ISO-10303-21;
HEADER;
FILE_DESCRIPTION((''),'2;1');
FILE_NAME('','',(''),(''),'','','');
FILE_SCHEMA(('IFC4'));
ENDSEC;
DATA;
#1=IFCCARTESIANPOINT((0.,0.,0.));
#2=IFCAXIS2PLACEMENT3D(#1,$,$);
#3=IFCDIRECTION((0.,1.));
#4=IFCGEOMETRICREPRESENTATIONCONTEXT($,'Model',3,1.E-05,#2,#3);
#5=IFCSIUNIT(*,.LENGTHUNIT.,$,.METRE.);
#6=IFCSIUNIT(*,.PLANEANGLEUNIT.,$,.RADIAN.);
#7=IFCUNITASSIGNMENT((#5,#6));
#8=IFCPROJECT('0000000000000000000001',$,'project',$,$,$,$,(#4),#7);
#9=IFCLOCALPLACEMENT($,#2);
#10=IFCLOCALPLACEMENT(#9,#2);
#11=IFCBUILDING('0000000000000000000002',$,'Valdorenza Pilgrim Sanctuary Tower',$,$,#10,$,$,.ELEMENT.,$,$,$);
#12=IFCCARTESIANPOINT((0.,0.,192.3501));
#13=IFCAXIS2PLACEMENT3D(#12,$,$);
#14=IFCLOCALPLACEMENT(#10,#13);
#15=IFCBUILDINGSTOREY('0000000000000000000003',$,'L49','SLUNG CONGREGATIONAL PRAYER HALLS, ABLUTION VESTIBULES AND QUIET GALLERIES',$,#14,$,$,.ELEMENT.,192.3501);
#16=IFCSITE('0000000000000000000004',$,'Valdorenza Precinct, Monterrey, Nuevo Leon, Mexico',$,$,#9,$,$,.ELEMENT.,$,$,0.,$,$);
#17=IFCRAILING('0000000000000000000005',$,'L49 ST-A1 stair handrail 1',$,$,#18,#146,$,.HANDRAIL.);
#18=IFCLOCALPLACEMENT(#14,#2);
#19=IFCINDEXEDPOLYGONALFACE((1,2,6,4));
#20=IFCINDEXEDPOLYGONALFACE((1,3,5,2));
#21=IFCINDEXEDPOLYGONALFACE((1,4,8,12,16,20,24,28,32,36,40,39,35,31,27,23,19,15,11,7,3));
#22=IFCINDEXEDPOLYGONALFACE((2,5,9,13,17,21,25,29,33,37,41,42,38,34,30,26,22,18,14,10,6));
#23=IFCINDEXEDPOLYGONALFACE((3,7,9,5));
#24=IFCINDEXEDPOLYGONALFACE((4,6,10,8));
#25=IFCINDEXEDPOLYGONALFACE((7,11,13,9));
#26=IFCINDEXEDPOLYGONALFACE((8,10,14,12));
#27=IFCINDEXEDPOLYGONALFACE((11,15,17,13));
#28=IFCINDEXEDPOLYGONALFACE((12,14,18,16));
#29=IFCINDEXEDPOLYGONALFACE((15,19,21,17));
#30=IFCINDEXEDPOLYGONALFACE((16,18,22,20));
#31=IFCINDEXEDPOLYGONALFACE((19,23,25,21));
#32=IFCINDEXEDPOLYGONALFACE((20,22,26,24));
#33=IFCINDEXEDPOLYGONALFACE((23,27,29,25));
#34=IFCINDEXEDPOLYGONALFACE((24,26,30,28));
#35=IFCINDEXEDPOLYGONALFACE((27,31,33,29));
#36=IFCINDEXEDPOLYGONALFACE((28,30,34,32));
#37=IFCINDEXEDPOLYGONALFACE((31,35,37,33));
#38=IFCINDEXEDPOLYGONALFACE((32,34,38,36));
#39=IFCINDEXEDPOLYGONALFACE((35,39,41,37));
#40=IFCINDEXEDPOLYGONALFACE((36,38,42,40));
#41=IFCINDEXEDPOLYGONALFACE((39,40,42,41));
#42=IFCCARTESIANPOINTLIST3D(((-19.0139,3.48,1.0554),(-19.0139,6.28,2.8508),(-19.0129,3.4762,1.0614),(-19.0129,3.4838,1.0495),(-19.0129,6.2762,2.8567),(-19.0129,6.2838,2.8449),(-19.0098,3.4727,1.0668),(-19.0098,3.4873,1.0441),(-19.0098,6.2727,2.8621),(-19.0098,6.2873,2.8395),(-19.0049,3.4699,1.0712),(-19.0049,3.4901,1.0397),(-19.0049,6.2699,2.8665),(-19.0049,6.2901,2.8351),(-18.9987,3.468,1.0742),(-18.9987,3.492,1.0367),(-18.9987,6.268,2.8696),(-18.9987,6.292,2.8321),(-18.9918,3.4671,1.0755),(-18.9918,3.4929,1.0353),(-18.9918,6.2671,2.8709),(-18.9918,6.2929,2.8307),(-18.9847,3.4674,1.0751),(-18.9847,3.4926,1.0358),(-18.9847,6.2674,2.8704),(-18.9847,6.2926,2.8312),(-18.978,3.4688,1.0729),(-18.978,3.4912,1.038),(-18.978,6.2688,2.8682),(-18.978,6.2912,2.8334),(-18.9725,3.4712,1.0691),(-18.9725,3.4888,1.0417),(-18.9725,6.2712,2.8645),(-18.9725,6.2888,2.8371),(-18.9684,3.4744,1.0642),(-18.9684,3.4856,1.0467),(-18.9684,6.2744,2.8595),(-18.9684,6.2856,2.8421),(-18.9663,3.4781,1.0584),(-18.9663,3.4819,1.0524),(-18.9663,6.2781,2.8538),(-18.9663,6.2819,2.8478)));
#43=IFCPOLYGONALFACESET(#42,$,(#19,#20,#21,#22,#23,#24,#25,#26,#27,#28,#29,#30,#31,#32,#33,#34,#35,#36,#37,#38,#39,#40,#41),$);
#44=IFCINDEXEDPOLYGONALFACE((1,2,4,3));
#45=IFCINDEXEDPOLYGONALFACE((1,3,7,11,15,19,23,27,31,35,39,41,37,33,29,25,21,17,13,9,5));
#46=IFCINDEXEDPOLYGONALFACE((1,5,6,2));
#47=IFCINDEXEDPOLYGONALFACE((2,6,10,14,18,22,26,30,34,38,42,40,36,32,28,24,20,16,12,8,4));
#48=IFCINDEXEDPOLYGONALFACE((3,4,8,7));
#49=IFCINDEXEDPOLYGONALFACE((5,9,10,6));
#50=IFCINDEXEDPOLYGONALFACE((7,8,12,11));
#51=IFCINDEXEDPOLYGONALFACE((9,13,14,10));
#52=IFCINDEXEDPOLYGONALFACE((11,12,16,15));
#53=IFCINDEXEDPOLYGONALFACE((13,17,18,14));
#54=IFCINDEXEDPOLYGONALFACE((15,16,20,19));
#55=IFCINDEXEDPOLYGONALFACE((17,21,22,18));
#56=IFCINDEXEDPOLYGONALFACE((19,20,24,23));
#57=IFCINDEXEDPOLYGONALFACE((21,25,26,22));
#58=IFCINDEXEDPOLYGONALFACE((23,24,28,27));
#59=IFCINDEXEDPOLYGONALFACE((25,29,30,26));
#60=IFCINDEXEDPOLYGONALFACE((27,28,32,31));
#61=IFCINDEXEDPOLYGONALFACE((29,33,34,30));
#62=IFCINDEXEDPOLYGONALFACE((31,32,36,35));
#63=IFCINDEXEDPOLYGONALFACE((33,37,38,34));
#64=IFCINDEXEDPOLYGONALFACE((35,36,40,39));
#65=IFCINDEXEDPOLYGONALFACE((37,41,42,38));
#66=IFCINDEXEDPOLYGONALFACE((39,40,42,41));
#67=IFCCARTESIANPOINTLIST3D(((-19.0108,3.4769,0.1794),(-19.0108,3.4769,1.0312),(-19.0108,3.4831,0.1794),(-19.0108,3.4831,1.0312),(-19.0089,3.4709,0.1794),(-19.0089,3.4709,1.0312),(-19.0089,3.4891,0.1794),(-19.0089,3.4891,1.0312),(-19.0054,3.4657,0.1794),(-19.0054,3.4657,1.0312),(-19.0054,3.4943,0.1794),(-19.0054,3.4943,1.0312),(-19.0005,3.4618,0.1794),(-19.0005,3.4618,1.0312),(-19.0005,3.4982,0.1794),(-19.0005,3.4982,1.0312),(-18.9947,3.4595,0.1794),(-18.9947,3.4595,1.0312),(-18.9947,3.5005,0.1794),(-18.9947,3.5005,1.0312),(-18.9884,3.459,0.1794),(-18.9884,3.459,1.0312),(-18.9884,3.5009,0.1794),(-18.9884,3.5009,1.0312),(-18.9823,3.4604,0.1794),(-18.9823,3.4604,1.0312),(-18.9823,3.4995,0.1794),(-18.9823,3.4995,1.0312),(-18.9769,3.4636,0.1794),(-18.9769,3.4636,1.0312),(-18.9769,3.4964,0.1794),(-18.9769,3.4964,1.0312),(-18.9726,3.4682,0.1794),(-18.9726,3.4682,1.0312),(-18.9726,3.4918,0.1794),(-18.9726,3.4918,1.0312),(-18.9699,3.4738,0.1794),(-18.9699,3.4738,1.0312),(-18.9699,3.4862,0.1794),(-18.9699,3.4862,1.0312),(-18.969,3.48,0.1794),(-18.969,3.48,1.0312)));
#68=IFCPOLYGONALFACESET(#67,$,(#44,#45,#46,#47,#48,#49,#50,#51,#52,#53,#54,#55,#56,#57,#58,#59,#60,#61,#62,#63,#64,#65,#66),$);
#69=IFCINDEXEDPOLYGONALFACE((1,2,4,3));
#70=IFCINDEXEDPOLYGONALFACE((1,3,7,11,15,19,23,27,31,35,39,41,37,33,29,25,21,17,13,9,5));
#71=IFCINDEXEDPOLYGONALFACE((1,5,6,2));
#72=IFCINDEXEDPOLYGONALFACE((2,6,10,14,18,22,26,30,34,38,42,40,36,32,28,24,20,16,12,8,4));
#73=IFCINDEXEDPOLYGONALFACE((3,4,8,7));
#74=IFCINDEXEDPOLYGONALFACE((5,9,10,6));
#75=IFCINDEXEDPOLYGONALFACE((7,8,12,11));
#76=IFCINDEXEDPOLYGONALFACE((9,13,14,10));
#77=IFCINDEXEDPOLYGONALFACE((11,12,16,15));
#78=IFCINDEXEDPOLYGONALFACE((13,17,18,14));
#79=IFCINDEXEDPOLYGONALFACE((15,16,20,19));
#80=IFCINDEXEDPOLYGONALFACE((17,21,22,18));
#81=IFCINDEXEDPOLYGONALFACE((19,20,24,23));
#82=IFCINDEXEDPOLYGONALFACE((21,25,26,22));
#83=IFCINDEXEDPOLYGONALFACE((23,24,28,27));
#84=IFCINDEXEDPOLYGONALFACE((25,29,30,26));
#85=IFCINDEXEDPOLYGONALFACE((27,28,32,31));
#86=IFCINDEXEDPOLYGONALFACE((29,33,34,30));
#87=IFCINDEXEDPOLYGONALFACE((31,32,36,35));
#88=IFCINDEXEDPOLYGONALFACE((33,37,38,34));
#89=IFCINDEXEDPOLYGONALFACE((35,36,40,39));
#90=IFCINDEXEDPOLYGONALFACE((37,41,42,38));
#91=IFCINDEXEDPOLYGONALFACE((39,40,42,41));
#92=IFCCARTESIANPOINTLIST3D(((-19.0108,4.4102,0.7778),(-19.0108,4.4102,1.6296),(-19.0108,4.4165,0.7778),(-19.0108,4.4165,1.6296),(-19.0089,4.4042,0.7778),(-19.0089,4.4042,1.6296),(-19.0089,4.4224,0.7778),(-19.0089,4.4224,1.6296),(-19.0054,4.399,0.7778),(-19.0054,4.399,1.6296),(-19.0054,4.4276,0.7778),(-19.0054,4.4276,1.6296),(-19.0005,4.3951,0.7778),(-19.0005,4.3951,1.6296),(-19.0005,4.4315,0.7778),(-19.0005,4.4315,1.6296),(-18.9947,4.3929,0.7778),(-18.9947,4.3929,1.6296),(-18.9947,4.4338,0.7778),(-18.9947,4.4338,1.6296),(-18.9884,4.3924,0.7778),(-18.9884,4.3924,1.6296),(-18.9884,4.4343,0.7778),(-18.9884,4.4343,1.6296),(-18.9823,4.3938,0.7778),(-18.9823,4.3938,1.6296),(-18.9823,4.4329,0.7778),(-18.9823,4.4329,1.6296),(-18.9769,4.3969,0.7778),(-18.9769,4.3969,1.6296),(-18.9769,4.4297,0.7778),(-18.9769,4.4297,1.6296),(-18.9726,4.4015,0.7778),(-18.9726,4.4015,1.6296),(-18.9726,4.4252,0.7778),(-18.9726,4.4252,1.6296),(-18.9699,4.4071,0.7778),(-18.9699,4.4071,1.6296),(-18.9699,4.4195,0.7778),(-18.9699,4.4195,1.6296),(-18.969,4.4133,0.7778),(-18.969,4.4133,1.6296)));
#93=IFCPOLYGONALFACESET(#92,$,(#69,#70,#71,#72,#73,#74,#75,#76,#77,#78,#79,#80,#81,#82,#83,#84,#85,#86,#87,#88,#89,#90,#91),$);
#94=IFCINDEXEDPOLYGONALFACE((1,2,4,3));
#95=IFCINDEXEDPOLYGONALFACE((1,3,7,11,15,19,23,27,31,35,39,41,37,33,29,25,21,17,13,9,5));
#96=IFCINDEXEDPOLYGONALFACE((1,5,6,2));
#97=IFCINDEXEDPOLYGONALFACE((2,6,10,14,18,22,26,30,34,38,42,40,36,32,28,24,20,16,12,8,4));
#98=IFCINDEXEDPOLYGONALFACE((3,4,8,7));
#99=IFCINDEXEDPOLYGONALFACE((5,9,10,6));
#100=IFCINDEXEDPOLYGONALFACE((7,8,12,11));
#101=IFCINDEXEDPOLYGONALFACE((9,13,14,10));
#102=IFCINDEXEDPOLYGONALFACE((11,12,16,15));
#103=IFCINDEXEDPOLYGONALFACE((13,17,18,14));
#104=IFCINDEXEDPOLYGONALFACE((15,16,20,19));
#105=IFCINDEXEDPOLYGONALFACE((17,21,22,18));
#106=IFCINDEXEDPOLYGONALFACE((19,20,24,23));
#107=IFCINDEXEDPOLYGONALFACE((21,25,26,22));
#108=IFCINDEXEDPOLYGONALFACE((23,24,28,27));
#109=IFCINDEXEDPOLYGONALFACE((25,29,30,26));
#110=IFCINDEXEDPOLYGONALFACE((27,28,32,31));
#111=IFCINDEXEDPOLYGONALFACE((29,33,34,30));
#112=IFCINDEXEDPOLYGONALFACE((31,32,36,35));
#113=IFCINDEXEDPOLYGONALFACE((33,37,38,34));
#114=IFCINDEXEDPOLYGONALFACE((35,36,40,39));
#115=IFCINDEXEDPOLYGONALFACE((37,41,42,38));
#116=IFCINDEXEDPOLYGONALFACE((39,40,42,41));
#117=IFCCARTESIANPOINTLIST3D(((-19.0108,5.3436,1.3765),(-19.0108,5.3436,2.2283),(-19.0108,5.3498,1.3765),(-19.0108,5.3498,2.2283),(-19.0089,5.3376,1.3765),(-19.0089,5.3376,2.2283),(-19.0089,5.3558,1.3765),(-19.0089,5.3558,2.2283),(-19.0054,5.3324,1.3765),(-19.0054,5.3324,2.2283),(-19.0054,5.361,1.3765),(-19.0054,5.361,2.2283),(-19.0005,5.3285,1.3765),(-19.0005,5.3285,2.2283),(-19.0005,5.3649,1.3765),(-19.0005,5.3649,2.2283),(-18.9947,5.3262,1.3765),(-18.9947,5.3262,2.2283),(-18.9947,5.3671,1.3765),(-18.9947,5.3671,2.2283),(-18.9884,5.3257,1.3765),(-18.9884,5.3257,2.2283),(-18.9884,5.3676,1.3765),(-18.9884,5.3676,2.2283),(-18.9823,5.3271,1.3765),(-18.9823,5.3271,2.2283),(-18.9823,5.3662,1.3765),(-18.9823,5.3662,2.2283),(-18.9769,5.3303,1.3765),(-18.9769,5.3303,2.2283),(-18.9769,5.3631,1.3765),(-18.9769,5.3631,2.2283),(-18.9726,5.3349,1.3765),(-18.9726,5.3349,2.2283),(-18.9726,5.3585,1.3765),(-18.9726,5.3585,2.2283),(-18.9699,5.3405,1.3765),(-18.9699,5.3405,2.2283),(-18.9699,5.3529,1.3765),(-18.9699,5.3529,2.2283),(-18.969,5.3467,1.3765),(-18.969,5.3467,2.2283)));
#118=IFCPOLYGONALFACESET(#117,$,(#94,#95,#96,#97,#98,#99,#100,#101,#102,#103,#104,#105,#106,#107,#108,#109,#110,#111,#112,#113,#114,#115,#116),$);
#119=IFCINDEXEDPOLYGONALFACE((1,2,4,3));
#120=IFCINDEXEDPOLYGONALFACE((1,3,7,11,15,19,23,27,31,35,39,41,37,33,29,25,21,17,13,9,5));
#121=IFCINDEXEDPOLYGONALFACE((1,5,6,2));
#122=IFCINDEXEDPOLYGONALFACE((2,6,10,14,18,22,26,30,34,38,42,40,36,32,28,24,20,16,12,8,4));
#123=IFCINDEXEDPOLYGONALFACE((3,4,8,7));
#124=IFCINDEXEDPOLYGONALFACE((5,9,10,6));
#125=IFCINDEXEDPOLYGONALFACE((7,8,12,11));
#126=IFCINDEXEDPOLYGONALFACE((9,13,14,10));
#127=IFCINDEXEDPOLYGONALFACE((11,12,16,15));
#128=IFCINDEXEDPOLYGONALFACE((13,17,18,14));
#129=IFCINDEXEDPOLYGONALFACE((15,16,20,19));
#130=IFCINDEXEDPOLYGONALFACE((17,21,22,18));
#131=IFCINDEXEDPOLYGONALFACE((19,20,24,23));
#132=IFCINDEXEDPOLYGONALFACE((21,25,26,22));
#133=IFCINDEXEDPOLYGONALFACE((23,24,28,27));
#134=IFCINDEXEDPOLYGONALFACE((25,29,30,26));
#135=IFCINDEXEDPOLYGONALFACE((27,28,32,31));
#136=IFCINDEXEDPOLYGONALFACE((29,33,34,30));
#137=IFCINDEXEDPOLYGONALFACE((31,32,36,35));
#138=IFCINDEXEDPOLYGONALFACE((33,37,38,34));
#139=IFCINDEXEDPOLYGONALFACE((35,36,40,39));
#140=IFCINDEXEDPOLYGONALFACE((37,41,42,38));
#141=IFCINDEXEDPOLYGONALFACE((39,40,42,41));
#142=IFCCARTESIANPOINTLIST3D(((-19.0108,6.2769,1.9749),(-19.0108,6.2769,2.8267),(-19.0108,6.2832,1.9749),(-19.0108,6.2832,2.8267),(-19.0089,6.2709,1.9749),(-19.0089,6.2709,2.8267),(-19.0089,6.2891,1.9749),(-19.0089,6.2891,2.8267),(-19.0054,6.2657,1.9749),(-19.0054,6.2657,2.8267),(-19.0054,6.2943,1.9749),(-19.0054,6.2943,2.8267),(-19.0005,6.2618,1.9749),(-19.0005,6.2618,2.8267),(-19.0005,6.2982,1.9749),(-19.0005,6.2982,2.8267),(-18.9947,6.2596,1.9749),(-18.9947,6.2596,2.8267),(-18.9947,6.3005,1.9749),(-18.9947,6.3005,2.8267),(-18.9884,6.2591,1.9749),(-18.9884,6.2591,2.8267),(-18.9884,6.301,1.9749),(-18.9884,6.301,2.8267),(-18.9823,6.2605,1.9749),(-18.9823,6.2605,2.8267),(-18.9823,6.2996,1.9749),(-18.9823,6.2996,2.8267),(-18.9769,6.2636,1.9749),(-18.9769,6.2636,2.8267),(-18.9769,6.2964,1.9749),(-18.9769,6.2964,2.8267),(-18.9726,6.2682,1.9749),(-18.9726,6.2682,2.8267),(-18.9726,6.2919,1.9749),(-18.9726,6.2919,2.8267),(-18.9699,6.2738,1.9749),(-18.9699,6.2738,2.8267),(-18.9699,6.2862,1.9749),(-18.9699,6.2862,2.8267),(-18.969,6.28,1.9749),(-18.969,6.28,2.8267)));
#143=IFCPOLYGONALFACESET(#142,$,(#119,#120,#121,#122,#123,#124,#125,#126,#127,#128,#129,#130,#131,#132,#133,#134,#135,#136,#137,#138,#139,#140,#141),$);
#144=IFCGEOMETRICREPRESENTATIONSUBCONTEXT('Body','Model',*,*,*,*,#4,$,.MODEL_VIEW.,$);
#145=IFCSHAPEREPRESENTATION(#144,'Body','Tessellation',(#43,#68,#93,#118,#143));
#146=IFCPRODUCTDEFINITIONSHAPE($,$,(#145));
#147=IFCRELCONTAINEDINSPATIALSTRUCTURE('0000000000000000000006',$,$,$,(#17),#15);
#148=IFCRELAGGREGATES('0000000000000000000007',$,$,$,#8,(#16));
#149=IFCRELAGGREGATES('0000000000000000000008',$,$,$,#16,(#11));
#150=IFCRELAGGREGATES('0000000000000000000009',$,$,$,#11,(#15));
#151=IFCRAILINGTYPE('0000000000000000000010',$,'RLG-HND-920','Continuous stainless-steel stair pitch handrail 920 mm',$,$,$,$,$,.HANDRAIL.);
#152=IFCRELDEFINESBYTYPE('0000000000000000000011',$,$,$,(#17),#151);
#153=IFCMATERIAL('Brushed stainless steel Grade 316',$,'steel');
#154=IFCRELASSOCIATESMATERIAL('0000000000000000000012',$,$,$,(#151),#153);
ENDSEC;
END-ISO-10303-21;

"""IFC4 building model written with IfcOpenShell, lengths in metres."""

from ifc_helpers import new_model, si_unit, direction, frame, origin, origin_2d, place, context, subcontext, project, spatial, circle, extrude, material, type_object, element, save


model = new_model("IFC4")

# Units and contexts
model_context = context("Model", 3, precision=1e-05, world=origin(), true_north=direction((0.0, 1.0)))
body_context = subcontext(model_context, "Body", "Model", "MODEL_VIEW")
ifc_project = project(units=[si_unit("LENGTHUNIT", "METRE"), si_unit("PLANEANGLEUNIT", "RADIAN")], contexts=[model_context])

# Site, building, storey
site_placement = place(None, origin())
site = spatial("IfcSite", under=ifc_project, at=site_placement, Name="Valdorenza Precinct, Monterrey, Nuevo Leon, Mexico", CompositionType="ELEMENT", RefElevation=0.0)
building_placement = place(site_placement, origin())
building = spatial("IfcBuilding", under=site, at=building_placement, Name="Valdorenza Pilgrim Sanctuary Tower", CompositionType="ELEMENT")
storey_placement = place(building_placement, frame((0.0, 0.0, 192.3501)))
storey = spatial("IfcBuildingStorey", under=building, at=storey_placement, Name="L49", Description="SLUNG CONGREGATIONAL PRAYER HALLS, ABLUTION VESTIBULES AND QUIET GALLERIES", CompositionType="ELEMENT", Elevation=192.3501)

# Railing
ifc_material_1 = material(Name="Brushed stainless steel Grade 316", Category="steel")
railing_type_1 = type_object("IfcRailingType", Name="RLG-HND-920", Description="Continuous stainless-steel stair pitch handrail 920 mm", PredefinedType="HANDRAIL", material=ifc_material_1)
railing_1_placement = place(storey_placement, frame((-18.99, 3.48, 0.1794)))
element("IfcRailing", 1, at=railing_1_placement, inside=storey, type_object=railing_type_1, Name="L49 ST-A1 stair handrail 1", PredefinedType="HANDRAIL", context=body_context, shape_type="SweptSolid", body=[
    extrude(circle(Radius=0.0239, at=origin_2d()), frame((0.0, 0.0, 0.876), z_axis=(0.0, 0.84181, 0.539774), x_axis=(-1.0, 0.0, 0.0)), (0.0, 0.0, 1.0), 3.3262),
    extrude(circle(Radius=0.021, at=origin_2d()), origin(), (0.0, 0.0, 1.0), 0.8518),
    extrude(circle(Radius=0.021, at=origin_2d()), frame((0.0, 0.9333, 0.5984)), (0.0, 0.0, 1.0), 0.8518),
    extrude(circle(Radius=0.021, at=origin_2d()), frame((0.0, 1.8667, 1.197)), (0.0, 0.0, 1.0), 0.8518),
    extrude(circle(Radius=0.021, at=origin_2d()), frame((0.0, 2.8, 1.7954)), (0.0, 0.0, 1.0), 0.8518),
])

save(model, "model.ifc")
